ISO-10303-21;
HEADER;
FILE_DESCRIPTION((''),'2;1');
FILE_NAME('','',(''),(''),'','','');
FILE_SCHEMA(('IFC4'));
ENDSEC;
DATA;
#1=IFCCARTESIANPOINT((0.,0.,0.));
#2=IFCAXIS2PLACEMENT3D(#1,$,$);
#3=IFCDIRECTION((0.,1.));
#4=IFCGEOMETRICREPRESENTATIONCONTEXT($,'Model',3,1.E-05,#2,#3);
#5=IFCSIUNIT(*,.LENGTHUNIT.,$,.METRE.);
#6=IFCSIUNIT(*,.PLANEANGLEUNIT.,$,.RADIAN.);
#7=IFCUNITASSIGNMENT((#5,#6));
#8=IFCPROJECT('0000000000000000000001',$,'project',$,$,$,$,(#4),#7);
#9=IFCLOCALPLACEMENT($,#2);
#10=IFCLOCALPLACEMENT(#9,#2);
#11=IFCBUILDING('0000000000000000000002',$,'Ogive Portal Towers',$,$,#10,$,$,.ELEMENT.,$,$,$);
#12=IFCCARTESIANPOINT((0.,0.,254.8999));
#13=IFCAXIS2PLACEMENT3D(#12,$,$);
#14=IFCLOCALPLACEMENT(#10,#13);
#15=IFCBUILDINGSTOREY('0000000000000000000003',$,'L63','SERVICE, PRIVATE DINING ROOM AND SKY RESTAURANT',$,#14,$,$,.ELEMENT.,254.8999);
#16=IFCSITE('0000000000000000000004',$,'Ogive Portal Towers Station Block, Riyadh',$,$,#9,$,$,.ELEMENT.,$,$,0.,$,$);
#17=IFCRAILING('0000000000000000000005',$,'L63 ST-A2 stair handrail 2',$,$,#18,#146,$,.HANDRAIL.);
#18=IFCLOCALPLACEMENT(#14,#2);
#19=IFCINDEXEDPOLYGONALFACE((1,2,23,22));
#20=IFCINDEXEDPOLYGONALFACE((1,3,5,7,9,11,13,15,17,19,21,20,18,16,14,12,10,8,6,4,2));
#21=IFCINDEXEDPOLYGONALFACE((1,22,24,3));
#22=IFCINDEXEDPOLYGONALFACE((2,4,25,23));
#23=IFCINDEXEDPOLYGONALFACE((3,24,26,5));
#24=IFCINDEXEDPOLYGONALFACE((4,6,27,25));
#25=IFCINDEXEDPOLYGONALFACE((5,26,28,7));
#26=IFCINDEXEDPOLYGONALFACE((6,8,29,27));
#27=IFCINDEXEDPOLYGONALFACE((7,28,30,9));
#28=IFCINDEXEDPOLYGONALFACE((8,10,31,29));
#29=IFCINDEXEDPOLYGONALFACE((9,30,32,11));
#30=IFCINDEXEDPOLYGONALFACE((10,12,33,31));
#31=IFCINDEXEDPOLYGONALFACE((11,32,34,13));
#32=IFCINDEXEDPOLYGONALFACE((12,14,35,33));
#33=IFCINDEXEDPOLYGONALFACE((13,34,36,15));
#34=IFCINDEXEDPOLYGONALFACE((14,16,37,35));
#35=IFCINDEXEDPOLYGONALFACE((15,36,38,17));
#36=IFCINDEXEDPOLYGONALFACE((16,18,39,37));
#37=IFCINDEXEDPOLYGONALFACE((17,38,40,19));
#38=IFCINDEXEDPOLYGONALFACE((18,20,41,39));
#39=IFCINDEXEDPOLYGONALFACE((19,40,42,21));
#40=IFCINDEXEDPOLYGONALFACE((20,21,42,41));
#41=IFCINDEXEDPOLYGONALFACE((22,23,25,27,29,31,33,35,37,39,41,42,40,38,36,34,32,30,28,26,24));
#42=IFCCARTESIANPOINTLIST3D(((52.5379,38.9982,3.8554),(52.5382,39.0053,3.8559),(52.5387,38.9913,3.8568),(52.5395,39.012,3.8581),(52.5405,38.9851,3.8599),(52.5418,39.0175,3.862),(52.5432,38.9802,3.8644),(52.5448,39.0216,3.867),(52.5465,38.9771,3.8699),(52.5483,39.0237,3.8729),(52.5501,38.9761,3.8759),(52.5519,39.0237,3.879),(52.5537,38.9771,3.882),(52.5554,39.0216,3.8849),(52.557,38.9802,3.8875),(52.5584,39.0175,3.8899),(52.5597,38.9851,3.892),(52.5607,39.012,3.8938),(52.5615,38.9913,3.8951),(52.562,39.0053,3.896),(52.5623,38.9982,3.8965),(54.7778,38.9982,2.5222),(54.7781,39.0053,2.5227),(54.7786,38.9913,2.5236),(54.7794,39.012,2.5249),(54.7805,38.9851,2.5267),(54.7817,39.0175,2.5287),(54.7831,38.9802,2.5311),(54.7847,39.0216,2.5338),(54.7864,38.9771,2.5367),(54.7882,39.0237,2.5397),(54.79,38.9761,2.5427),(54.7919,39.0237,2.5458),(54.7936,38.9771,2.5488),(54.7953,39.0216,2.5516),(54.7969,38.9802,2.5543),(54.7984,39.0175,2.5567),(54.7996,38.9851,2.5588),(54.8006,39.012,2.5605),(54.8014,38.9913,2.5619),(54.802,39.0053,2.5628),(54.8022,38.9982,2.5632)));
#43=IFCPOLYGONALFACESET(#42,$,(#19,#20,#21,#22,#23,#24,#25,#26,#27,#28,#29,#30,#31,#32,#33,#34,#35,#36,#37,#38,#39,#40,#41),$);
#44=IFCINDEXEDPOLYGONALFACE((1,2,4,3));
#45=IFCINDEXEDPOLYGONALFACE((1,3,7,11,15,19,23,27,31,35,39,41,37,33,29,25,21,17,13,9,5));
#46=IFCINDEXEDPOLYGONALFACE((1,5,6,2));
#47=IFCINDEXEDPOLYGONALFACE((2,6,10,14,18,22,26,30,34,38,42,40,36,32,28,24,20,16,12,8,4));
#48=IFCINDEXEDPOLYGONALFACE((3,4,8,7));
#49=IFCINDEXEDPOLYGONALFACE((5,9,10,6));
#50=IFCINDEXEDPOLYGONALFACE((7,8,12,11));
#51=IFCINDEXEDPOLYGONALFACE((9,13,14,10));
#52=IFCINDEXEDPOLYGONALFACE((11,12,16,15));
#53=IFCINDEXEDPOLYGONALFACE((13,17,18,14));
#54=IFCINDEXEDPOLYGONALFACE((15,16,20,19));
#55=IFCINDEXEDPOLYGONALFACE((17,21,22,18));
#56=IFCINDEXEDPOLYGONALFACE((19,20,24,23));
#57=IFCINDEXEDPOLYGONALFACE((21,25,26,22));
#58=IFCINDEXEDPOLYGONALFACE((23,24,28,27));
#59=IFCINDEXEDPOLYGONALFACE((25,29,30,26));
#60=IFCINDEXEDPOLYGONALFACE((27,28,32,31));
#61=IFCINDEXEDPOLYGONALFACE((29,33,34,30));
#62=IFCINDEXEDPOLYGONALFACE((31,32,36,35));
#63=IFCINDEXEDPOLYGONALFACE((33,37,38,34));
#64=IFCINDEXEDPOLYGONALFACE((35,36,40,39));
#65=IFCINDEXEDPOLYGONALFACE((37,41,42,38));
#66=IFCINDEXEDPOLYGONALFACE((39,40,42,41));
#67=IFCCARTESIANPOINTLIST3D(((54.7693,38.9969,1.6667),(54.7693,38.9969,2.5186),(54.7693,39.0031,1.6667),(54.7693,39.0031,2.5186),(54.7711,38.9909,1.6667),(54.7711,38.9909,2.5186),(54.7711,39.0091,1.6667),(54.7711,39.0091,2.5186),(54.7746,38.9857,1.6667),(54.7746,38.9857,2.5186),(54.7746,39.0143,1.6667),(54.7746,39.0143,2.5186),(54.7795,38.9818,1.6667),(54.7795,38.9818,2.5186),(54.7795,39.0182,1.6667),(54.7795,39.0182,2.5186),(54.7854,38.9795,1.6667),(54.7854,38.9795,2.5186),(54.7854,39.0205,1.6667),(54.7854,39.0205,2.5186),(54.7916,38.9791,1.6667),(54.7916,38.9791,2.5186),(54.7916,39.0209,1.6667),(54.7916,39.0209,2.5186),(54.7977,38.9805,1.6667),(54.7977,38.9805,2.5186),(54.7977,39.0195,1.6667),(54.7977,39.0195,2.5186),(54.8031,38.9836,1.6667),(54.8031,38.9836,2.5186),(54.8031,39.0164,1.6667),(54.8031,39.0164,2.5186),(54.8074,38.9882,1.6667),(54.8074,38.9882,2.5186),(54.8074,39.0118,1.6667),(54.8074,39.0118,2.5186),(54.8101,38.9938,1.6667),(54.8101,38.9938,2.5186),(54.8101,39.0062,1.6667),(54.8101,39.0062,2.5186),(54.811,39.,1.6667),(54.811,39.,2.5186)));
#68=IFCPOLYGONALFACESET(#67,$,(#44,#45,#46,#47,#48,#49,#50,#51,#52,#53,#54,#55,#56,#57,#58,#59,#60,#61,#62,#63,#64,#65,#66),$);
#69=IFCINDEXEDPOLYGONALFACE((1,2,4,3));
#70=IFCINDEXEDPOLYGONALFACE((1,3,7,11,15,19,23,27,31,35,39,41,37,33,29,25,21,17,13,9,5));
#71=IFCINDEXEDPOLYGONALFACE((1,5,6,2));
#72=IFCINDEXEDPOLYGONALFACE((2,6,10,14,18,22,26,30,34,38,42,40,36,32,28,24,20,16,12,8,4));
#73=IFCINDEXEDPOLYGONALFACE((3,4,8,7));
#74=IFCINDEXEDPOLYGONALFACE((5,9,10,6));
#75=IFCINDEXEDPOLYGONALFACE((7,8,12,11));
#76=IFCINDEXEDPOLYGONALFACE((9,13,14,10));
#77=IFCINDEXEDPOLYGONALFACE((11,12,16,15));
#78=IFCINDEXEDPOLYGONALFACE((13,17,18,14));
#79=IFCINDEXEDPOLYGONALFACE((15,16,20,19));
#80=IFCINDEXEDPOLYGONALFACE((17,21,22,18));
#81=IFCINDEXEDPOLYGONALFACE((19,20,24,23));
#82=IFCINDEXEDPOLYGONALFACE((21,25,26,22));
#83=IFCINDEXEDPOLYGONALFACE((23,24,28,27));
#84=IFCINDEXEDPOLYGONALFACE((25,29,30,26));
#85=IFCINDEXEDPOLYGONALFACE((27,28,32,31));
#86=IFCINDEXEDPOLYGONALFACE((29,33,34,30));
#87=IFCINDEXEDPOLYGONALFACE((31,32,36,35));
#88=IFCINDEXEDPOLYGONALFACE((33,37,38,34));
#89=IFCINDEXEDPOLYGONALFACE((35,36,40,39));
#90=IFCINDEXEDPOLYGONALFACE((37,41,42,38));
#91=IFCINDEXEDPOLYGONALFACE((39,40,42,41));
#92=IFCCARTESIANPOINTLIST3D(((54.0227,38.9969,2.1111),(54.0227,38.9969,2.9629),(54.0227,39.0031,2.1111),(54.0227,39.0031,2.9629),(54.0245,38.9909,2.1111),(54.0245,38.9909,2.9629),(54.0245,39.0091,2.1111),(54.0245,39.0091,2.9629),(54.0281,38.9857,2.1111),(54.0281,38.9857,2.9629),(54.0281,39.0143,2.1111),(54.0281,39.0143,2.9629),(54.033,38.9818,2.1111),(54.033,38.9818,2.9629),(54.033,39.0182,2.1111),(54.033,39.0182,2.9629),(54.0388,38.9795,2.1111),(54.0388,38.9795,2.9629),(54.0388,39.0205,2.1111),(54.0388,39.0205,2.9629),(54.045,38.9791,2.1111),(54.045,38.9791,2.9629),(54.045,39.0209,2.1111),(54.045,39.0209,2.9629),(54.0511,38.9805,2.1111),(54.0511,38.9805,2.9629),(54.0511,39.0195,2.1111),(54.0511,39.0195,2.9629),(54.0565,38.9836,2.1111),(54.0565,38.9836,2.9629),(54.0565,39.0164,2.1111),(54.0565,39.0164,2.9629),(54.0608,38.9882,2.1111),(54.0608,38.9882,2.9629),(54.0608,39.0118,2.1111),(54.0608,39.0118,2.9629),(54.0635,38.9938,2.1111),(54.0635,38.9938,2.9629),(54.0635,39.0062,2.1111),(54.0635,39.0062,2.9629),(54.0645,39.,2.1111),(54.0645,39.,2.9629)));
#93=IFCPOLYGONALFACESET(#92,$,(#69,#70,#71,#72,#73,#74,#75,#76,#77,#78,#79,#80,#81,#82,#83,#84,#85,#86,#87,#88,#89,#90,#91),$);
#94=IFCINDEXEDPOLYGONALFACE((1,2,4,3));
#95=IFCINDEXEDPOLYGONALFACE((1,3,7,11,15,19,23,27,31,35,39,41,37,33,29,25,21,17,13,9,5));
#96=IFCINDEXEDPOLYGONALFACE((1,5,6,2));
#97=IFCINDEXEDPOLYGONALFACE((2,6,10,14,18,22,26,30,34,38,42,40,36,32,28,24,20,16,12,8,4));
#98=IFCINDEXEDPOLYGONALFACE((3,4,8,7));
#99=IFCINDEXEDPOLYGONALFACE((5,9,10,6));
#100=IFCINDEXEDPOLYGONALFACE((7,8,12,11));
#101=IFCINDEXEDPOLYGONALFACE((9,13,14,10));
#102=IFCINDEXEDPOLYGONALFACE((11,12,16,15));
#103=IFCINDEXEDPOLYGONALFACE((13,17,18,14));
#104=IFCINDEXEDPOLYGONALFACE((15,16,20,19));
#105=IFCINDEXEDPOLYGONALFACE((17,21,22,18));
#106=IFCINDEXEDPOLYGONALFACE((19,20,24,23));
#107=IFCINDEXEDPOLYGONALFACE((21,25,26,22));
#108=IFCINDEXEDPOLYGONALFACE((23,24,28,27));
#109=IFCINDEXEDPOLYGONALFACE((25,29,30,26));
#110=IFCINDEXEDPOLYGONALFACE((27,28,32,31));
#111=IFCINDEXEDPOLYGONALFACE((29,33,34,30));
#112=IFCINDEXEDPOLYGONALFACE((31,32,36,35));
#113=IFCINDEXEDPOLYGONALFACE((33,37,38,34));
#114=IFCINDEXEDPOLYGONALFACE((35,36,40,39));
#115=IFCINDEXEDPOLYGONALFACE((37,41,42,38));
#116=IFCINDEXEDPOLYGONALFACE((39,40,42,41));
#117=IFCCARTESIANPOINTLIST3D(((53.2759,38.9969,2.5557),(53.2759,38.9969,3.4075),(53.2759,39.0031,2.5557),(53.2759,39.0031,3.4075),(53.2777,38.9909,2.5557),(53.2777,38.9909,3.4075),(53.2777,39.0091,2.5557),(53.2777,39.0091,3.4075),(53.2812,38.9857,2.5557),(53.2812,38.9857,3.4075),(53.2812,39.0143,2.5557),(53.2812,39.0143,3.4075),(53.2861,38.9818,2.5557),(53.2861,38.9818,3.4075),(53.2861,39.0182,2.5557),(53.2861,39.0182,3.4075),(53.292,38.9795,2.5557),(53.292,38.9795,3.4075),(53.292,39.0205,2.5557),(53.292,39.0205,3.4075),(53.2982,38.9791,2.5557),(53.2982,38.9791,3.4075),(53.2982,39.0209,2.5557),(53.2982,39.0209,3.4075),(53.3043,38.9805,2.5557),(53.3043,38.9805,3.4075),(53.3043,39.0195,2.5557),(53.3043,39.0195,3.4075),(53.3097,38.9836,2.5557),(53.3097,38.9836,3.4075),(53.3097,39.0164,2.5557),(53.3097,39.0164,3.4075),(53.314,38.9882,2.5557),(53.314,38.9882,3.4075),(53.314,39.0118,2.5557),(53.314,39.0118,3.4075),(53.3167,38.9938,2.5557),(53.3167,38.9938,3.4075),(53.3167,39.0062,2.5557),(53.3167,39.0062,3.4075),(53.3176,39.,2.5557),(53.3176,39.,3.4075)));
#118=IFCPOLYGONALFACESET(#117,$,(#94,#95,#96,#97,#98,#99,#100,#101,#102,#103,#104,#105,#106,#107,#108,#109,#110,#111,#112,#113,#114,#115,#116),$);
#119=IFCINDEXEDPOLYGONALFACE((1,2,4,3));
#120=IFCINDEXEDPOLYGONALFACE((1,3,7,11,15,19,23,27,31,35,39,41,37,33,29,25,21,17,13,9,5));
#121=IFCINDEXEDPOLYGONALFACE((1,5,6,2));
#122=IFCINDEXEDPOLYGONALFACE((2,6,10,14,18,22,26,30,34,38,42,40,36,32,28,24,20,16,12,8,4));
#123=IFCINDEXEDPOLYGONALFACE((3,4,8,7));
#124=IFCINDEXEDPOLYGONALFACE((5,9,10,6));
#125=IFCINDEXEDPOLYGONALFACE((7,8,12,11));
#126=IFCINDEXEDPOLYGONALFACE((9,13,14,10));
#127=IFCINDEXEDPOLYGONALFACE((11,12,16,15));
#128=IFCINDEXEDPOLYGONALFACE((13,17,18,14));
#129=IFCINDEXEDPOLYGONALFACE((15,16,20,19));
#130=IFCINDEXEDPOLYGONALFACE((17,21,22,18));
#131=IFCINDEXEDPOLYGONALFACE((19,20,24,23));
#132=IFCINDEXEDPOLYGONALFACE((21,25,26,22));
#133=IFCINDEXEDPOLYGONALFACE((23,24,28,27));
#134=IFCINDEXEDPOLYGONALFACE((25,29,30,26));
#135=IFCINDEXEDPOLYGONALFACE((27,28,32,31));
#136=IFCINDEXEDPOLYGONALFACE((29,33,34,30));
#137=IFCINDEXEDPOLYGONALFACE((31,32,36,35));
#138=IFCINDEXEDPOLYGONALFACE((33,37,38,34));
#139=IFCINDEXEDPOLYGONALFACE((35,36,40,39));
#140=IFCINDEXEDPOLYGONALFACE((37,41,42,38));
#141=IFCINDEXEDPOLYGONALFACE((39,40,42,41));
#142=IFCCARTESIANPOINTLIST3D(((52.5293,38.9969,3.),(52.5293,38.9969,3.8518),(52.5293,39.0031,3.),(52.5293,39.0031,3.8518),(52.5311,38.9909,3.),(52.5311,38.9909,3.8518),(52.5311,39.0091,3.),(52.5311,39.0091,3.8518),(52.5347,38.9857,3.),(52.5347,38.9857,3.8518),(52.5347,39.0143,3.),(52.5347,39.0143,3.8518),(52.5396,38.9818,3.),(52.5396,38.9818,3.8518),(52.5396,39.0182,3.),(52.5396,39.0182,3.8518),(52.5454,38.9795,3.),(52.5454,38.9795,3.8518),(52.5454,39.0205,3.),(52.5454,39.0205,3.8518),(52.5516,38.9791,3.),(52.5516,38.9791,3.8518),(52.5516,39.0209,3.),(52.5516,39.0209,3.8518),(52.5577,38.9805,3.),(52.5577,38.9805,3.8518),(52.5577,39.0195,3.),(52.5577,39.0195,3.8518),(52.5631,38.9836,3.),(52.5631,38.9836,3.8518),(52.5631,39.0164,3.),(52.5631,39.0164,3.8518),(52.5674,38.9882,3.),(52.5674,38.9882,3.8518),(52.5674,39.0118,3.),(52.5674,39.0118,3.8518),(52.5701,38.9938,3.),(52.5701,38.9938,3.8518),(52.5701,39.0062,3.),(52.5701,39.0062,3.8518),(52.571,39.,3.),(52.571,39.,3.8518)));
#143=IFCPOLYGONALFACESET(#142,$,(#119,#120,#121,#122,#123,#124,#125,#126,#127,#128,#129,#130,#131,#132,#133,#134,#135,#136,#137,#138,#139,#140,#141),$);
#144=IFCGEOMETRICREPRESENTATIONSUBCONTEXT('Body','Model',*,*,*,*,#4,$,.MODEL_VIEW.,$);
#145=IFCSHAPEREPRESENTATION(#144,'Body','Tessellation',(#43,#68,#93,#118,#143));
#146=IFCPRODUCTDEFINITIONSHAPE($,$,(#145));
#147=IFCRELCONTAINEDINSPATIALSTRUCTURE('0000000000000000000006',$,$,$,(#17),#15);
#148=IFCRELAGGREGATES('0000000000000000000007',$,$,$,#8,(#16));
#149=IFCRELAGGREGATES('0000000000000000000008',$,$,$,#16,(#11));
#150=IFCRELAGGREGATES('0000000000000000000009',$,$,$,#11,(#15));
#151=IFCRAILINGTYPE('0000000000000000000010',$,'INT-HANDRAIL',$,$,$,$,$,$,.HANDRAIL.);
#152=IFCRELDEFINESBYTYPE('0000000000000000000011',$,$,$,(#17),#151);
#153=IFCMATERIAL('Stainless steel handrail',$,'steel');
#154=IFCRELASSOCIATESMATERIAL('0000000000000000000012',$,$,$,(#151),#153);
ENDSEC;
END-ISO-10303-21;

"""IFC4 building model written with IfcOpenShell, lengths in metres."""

from ifc_helpers import new_model, si_unit, direction, frame, origin, origin_2d, place, context, subcontext, project, spatial, circle, extrude, material, type_object, element, save


model = new_model("IFC4")

# Units and contexts
model_context = context("Model", 3, precision=1e-05, world=origin(), true_north=direction((0.0, 1.0)))
body_context = subcontext(model_context, "Body", "Model", "MODEL_VIEW")
ifc_project = project(units=[si_unit("LENGTHUNIT", "METRE"), si_unit("PLANEANGLEUNIT", "RADIAN")], contexts=[model_context])

# Site, building, storey
site_placement = place(None, origin())
site = spatial("IfcSite", under=ifc_project, at=site_placement, Name="Ogive Portal Towers Station Block, Riyadh", CompositionType="ELEMENT", RefElevation=0.0)
building_placement = place(site_placement, origin())
building = spatial("IfcBuilding", under=site, at=building_placement, Name="Ogive Portal Towers", CompositionType="ELEMENT")
storey_placement = place(building_placement, frame((0.0, 0.0, 254.8999)))
storey = spatial("IfcBuildingStorey", under=building, at=storey_placement, Name="L63", Description="SERVICE, PRIVATE DINING ROOM AND SKY RESTAURANT", CompositionType="ELEMENT", Elevation=254.8999)

# Railing
ifc_material_1 = material(Name="Stainless steel handrail", Category="steel")
railing_type_1 = type_object("IfcRailingType", Name="INT-HANDRAIL", PredefinedType="HANDRAIL", material=ifc_material_1)
railing_1_placement = place(storey_placement, frame((54.79, 39.0, 1.6667)))
element("IfcRailing", 1, at=railing_1_placement, inside=storey, type_object=railing_type_1, Name="L63 ST-A2 stair handrail 2", PredefinedType="HANDRAIL", context=body_context, shape_type="SweptSolid", body=[
    extrude(circle(Radius=0.0239, at=origin_2d()), frame((0.0, 0.0, 0.876), z_axis=(-0.859306, 0.0, 0.511462), x_axis=(0.0, -1.0, 0.0)), (0.0, 0.0, 1.0), 2.6067),
    extrude(circle(Radius=0.021, at=origin_2d()), origin(), (0.0, 0.0, 1.0), 0.8518),
    extrude(circle(Radius=0.021, at=origin_2d()), frame((-0.7466, 0.0, 0.4443)), (0.0, 0.0, 1.0), 0.8518),
    extrude(circle(Radius=0.021, at=origin_2d()), frame((-1.4934, 0.0, 0.8889)), (0.0, 0.0, 1.0), 0.8518),
    extrude(circle(Radius=0.021, at=origin_2d()), frame((-2.24, 0.0, 1.3333)), (0.0, 0.0, 1.0), 0.8518),
])

save(model, "model.ifc")
